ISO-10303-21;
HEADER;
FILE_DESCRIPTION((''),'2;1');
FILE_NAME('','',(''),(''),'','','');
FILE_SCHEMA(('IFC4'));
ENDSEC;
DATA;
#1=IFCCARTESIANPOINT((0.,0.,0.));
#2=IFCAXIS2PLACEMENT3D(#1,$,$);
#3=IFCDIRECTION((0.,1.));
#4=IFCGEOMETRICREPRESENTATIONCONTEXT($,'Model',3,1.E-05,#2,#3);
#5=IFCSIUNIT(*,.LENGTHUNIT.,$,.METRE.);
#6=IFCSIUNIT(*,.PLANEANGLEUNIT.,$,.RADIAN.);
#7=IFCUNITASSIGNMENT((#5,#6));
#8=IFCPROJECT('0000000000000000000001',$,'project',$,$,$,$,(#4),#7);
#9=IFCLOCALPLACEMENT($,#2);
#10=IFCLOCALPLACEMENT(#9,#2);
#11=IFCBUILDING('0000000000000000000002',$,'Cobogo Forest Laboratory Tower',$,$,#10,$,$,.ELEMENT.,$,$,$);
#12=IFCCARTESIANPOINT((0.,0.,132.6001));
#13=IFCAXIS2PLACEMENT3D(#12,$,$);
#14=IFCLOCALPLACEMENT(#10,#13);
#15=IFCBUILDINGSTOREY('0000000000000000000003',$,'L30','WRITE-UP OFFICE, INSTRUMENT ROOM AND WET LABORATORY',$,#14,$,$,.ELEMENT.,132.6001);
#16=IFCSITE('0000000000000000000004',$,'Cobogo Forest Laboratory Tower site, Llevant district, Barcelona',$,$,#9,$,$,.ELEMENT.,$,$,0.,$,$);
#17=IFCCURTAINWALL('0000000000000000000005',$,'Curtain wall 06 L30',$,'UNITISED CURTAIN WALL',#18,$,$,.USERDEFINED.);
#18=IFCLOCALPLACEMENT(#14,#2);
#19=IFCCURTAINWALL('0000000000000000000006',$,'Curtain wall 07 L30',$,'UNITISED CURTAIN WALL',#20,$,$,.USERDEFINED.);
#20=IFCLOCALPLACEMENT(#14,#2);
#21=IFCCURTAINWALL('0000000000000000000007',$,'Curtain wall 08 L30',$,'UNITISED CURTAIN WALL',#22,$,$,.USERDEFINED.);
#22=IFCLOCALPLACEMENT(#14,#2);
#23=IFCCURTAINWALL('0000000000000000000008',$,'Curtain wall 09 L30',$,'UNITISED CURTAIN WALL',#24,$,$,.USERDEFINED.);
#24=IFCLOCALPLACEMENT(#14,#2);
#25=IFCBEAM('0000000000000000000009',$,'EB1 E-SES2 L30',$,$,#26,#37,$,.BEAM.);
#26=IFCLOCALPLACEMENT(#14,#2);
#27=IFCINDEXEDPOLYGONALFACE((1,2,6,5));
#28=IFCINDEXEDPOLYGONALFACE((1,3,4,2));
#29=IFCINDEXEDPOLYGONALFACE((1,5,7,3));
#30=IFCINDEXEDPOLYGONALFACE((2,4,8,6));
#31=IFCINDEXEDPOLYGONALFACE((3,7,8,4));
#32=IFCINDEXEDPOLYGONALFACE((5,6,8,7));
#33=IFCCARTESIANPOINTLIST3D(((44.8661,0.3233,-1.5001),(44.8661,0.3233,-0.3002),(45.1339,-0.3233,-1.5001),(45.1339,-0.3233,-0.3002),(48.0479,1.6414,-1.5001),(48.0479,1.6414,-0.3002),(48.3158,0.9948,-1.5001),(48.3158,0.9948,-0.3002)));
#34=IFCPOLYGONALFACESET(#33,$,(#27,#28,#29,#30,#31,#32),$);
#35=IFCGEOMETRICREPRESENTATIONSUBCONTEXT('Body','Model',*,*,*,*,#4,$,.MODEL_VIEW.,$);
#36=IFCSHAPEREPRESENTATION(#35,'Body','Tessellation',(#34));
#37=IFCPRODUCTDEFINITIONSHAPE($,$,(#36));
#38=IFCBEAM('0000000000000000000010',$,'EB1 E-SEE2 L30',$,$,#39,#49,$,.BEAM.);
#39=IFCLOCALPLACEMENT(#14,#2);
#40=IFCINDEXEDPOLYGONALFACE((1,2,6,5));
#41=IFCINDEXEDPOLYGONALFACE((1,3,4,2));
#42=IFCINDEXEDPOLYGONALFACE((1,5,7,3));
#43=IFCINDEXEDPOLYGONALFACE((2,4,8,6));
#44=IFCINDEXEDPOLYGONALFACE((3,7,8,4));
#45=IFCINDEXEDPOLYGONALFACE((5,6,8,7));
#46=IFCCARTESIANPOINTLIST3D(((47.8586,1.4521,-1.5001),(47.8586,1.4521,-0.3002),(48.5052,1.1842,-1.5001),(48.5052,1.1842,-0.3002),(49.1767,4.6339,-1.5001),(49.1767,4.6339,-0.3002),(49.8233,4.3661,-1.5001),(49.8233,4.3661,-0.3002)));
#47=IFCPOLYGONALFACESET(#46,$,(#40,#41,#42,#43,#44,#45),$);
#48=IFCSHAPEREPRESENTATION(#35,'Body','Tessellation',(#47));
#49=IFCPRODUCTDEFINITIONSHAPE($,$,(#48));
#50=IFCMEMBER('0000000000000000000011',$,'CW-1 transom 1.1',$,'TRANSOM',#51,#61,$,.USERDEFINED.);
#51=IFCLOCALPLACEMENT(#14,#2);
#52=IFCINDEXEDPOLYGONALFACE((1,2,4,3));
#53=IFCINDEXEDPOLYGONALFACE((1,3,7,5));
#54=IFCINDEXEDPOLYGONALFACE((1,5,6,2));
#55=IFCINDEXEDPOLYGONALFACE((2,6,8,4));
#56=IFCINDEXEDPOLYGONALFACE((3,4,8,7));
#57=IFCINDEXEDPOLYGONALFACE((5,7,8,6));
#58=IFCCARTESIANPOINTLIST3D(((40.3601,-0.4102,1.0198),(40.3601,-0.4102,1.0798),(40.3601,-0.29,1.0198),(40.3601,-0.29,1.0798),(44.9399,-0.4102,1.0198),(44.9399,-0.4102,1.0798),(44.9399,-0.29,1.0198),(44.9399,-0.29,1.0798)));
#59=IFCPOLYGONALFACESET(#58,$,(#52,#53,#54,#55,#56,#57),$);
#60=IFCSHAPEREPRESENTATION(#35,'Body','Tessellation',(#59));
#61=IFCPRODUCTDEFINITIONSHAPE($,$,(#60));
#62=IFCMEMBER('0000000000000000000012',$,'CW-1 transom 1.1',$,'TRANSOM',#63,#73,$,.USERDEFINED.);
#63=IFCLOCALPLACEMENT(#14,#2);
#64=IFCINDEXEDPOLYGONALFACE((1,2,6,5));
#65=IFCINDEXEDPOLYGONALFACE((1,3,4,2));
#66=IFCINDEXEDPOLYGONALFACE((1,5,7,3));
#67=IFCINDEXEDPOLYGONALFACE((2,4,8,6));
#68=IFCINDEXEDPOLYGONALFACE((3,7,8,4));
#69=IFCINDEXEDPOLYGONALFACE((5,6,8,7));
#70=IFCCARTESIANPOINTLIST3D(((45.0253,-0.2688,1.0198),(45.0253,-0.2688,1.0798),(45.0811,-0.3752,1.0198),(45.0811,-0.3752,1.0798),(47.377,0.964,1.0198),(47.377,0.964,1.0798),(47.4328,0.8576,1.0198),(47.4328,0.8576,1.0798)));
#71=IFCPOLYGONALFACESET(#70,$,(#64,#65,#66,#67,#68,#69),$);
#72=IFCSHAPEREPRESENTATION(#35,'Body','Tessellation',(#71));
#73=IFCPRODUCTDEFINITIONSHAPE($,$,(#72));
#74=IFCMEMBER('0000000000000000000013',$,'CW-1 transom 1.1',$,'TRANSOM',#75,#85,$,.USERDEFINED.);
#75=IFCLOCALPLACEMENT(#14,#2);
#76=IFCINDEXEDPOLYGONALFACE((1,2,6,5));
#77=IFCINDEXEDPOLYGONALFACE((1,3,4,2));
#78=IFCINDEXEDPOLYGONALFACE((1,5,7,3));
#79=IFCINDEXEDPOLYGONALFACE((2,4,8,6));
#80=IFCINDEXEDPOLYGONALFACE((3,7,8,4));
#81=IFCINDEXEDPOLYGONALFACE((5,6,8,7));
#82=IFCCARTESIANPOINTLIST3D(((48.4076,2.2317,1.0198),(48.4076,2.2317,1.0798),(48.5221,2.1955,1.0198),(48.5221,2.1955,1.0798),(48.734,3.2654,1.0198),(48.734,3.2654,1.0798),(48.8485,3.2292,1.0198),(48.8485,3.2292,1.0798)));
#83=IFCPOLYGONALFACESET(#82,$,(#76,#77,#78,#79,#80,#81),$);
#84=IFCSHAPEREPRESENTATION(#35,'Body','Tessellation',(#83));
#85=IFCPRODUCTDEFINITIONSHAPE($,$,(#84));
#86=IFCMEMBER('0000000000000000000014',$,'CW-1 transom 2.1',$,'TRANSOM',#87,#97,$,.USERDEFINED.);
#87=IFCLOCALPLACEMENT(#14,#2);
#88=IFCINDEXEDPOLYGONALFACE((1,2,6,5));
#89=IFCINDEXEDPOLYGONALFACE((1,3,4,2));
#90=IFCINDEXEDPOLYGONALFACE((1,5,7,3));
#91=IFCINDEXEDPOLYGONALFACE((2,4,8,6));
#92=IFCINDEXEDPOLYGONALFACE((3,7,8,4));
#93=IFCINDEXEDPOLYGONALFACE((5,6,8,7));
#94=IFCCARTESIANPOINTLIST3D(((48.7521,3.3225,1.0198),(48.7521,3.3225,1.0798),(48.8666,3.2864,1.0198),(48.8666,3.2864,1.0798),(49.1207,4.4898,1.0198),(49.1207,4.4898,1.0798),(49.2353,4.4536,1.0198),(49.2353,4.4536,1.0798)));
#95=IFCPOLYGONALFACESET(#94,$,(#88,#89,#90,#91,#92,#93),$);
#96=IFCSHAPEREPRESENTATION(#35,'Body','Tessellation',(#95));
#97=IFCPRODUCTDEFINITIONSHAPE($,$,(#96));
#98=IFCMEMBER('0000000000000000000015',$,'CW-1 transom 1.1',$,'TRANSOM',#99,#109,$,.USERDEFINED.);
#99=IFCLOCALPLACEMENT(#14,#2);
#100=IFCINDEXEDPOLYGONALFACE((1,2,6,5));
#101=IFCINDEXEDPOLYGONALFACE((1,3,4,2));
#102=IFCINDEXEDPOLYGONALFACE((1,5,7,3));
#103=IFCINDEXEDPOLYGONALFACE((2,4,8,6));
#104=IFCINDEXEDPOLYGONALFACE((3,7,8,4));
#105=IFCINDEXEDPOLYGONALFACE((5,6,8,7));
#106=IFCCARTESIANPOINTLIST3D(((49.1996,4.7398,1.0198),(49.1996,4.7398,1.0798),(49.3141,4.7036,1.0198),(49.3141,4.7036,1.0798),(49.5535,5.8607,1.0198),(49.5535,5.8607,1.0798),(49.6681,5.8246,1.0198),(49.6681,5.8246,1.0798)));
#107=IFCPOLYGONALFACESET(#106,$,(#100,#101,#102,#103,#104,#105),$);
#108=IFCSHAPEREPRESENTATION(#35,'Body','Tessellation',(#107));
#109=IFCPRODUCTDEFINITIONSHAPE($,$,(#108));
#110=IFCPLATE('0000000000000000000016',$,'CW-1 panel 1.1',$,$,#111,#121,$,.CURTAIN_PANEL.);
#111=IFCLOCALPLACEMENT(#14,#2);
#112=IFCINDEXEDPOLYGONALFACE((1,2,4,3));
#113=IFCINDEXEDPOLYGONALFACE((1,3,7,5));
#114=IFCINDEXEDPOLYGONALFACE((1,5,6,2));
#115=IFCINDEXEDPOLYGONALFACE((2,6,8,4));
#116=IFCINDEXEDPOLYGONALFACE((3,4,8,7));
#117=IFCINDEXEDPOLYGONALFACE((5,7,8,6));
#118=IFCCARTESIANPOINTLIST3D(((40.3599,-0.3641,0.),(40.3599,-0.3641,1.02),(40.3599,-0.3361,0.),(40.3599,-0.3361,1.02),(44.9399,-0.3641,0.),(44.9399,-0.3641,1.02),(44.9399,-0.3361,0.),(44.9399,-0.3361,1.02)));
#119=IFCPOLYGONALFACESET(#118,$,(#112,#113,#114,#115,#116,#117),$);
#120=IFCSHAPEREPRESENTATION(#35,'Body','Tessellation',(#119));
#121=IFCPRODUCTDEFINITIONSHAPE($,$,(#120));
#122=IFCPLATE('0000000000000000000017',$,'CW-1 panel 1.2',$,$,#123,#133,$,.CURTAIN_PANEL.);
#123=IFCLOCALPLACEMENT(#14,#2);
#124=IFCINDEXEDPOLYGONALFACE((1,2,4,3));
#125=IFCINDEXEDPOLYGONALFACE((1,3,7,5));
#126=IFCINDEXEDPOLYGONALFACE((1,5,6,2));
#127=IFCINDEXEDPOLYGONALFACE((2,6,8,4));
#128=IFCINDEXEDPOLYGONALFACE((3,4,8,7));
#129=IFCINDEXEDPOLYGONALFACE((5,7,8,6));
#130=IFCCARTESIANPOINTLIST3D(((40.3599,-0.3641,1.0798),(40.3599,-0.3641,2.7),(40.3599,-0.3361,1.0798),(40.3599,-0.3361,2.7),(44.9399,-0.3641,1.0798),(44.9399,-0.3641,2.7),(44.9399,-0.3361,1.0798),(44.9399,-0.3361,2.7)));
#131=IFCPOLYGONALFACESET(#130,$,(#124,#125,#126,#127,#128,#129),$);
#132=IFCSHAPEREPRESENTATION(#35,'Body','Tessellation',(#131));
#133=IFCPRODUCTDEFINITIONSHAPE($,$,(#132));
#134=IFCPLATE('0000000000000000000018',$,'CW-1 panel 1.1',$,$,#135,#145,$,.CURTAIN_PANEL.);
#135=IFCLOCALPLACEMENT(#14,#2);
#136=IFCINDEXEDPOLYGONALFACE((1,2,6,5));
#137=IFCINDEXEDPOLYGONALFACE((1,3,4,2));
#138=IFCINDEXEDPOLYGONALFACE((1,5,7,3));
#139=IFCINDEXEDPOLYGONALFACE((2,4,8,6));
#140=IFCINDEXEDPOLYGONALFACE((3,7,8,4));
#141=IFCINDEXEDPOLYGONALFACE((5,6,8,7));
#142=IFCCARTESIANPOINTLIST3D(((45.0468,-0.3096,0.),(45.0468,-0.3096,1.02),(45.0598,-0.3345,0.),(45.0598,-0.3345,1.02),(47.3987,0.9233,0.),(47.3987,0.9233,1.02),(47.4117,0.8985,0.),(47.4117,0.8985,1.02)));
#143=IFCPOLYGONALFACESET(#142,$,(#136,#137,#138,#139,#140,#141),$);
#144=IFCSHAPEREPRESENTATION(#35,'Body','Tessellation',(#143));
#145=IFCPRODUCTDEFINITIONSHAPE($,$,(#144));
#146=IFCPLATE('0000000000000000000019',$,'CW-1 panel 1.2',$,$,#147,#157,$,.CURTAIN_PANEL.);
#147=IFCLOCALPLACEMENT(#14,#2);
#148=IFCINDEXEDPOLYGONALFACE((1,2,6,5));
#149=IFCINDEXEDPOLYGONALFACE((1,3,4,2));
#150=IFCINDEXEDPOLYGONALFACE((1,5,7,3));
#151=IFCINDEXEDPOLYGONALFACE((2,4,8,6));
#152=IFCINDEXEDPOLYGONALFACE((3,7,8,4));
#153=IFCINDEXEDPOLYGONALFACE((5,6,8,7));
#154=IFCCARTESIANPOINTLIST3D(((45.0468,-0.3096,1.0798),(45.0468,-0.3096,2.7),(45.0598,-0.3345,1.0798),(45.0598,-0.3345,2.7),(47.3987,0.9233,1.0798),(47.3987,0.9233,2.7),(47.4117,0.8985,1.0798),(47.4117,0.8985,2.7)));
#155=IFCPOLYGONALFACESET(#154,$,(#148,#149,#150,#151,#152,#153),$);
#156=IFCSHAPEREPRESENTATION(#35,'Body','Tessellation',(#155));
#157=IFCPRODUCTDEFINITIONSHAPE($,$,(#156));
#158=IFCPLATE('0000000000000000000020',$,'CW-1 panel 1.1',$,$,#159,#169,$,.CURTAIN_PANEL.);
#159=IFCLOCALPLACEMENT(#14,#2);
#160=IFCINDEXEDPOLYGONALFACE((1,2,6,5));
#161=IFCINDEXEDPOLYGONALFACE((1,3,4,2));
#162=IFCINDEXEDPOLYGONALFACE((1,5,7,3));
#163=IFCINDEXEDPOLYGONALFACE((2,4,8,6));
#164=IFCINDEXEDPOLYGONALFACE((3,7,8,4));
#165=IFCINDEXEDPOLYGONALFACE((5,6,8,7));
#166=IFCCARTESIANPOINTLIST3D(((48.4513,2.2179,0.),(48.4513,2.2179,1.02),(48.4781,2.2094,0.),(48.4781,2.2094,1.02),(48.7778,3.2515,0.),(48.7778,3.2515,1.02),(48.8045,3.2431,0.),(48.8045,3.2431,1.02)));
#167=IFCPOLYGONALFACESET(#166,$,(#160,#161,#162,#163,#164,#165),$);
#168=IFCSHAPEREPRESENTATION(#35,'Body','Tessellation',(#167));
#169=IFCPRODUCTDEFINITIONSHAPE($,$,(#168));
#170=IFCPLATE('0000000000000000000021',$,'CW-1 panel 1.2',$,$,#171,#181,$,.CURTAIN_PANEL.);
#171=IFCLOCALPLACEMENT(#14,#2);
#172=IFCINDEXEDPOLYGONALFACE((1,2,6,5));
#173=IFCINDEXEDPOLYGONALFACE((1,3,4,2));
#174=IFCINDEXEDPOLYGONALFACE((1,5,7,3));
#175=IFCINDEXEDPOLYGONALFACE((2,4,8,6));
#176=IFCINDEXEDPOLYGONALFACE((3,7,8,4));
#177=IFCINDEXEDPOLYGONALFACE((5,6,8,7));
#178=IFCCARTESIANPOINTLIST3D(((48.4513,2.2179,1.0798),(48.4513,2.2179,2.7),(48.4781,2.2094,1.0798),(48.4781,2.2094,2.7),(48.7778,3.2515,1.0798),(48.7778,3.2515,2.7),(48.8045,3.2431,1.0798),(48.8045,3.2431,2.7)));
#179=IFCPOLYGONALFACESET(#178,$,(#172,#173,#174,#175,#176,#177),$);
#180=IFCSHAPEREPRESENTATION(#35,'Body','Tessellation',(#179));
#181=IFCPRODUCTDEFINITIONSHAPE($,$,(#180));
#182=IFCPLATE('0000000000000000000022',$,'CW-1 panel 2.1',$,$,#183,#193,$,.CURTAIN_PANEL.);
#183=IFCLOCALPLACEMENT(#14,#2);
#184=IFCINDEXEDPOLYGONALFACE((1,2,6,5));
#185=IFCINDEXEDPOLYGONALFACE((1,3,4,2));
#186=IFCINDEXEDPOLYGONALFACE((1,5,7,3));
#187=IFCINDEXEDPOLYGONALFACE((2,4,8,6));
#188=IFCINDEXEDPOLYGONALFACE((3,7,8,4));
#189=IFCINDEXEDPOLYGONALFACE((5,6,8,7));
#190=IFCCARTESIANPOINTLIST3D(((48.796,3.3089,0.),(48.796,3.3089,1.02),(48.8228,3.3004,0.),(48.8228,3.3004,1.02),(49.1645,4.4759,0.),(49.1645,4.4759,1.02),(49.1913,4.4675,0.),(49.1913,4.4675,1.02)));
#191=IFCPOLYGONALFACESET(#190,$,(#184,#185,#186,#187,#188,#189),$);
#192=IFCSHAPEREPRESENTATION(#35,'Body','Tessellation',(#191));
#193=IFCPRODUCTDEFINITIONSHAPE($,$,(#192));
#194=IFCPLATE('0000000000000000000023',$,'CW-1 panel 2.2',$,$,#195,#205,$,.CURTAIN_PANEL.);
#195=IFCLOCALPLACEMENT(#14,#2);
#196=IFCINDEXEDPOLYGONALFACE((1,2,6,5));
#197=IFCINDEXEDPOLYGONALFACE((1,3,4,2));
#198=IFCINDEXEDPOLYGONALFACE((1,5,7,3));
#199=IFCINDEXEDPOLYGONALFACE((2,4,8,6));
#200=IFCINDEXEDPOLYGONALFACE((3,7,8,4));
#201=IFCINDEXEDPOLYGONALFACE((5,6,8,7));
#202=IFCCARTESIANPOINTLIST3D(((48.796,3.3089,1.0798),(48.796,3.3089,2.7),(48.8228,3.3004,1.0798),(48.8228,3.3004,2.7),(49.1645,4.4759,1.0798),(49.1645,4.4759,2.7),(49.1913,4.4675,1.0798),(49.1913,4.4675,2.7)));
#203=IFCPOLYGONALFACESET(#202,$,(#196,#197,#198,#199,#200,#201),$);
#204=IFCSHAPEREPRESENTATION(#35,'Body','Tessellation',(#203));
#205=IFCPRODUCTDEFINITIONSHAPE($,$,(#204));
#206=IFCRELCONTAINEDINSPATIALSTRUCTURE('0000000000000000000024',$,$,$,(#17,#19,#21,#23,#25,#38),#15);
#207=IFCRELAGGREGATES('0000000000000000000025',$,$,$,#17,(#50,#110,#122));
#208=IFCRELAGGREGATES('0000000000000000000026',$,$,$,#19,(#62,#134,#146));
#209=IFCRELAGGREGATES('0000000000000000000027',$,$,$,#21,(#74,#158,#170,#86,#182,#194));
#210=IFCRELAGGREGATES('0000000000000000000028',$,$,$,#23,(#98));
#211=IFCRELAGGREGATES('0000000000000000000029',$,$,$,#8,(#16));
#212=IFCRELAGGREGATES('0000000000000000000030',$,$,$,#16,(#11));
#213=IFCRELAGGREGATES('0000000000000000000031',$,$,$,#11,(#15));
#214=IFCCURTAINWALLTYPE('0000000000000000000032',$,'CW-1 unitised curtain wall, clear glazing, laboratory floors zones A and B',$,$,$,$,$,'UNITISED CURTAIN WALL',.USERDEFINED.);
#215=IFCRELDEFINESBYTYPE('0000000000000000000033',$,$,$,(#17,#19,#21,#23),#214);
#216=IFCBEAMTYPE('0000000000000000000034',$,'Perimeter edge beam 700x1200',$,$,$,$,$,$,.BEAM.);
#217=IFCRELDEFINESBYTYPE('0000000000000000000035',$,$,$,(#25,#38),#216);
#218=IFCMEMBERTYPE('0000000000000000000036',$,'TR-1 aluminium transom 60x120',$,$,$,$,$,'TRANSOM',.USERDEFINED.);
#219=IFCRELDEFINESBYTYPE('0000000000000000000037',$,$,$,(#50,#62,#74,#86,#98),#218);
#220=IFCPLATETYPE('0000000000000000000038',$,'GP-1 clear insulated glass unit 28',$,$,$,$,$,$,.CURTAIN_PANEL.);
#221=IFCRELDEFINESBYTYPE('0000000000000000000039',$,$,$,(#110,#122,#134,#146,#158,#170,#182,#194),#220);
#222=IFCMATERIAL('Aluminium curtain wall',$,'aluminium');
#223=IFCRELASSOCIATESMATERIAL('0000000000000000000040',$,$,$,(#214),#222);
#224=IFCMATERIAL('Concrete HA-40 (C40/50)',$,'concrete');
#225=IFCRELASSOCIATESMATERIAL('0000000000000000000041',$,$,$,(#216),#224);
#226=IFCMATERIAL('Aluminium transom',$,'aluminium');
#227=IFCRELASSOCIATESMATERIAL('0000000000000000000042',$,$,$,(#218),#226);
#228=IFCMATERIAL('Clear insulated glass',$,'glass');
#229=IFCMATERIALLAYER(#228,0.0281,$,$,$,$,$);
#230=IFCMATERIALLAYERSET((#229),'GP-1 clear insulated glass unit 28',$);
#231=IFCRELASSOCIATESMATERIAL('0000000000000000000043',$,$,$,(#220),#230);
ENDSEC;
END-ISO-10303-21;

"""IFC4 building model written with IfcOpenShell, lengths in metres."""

from ifc_helpers import new_model, si_unit, direction, frame, origin, origin_2d, place, context, subcontext, project, spatial, rectangle, extrude, material, layer, layer_set, material_profile, profile_set, type_object, element, aggregate, save


model = new_model("IFC4")

# Units and contexts
model_context = context("Model", 3, precision=1e-05, world=origin(), true_north=direction((0.0, 1.0)))
body_context = subcontext(model_context, "Body", "Model", "MODEL_VIEW")
ifc_project = project(units=[si_unit("LENGTHUNIT", "METRE"), si_unit("PLANEANGLEUNIT", "RADIAN")], contexts=[model_context])

# Site, building, storey
site_placement = place(None, origin())
site = spatial("IfcSite", under=ifc_project, at=site_placement, Name="Cobogo Forest Laboratory Tower site, Llevant district, Barcelona", CompositionType="ELEMENT", RefElevation=0.0)
building_placement = place(site_placement, origin())
building = spatial("IfcBuilding", under=site, at=building_placement, Name="Cobogo Forest Laboratory Tower", CompositionType="ELEMENT")
storey_placement = place(building_placement, frame((0.0, 0.0, 132.6001)))
storey = spatial("IfcBuildingStorey", under=building, at=storey_placement, Name="L30", Description="WRITE-UP OFFICE, INSTRUMENT ROOM AND WET LABORATORY", CompositionType="ELEMENT", Elevation=132.6001)

# Curtain walls
ifc_material_1 = material(Name="Aluminium curtain wall", Category="aluminium")
curtain_wall_type = type_object("IfcCurtainWallType", Name="CW-1 unitised curtain wall, clear glazing, laboratory floors zones A and B", ElementType="UNITISED CURTAIN WALL", PredefinedType="USERDEFINED", material=ifc_material_1)
curtain_wall_1_placement = place(storey_placement, origin())
curtain_wall_1 = element("IfcCurtainWall", 1, at=curtain_wall_1_placement, inside=storey, type_object=curtain_wall_type, Name="Curtain wall 06 L30", ObjectType="UNITISED CURTAIN WALL", PredefinedType="USERDEFINED")
curtain_wall_2_placement = place(storey_placement, origin())
curtain_wall_2 = element("IfcCurtainWall", 2, at=curtain_wall_2_placement, inside=storey, type_object=curtain_wall_type, Name="Curtain wall 07 L30", ObjectType="UNITISED CURTAIN WALL", PredefinedType="USERDEFINED")
curtain_wall_3_placement = place(storey_placement, origin())
curtain_wall_3 = element("IfcCurtainWall", 3, at=curtain_wall_3_placement, inside=storey, type_object=curtain_wall_type, Name="Curtain wall 08 L30", ObjectType="UNITISED CURTAIN WALL", PredefinedType="USERDEFINED")
curtain_wall_4_placement = place(storey_placement, origin())
curtain_wall_4 = element("IfcCurtainWall", 4, at=curtain_wall_4_placement, inside=storey, type_object=curtain_wall_type, Name="Curtain wall 09 L30", ObjectType="UNITISED CURTAIN WALL", PredefinedType="USERDEFINED")

# Beams
ifc_material_2 = material(Name="Concrete HA-40 (C40/50)", Category="concrete")
ifc_material_profile_1 = material_profile(ifc_material_2, rectangle(XDim=0.7, YDim=1.2, at=origin_2d()), Name="RC 700x1200")
ifc_profile_set_1 = profile_set([ifc_material_profile_1], Name="Concrete HA-40 (C40/50)")
beam_type_1 = type_object("IfcBeamType", Name="Perimeter edge beam 700x1200", PredefinedType="BEAM", material=ifc_profile_set_1)
for number, where, z_axis, x_axis, name in (
    (5, (45.0, 0.0, -0.9001), (0.923866, 0.382717, 0.0), (-0.382717, 0.923866, 0.0), "EB1 E-SES2 L30"),
    (6, (49.5, 4.5, -0.9001), (-0.382717, -0.923866, 0.0), (0.923866, -0.382717, 0.0), "EB1 E-SEE2 L30"),
):
    element("IfcBeam", number, at=place(storey_placement, frame(where, z_axis=z_axis, x_axis=x_axis)), inside=storey, type_object=beam_type_1, Name=name, PredefinedType="BEAM", context=body_context, shape_type="SweptSolid", body=[
        extrude(rectangle(XDim=0.7, YDim=1.2, at=origin_2d()), origin(), (0.0, 0.0, 1.0), 3.4441),
    ])

# Members
ifc_material_3 = material(Name="Aluminium transom", Category="aluminium")
ifc_material_profile_2 = material_profile(ifc_material_3, rectangle(XDim=0.1201, YDim=0.0601, at=origin_2d()), Name="AL 60x120")
ifc_profile_set_2 = profile_set([ifc_material_profile_2], Name="Aluminium transom")
member_type_1 = type_object("IfcMemberType", Name="TR-1 aluminium transom 60x120", ElementType="TRANSOM", PredefinedType="USERDEFINED", material=ifc_profile_set_2)
member_1_placement = place(storey_placement, frame((40.3601, -0.3501, 1.0498), z_axis=(1.0, 0.0, 0.0), x_axis=(0.0, 1.0, 0.0)))
member_1 = element("IfcMember", 7, at=member_1_placement, type_object=member_type_1, Name="CW-1 transom 1.1", ObjectType="TRANSOM", PredefinedType="USERDEFINED", context=body_context, shape_type="SweptSolid", body=[
    extrude(rectangle(XDim=0.1201, YDim=0.0601, at=origin_2d()), origin(), (0.0, 0.0, 1.0), 4.5798),
])
member_2_placement = place(storey_placement, frame((45.0532, -0.322, 1.0498), z_axis=(0.885675, 0.464306, 0.0), x_axis=(-0.464306, 0.885675, 0.0)))
member_2 = element("IfcMember", 8, at=member_2_placement, type_object=member_type_1, Name="CW-1 transom 1.1", ObjectType="TRANSOM", PredefinedType="USERDEFINED", context=body_context, shape_type="SweptSolid", body=[
    extrude(rectangle(XDim=0.1201, YDim=0.0601, at=origin_2d()), origin(), (0.0, 0.0, 1.0), 2.6553),
])
member_3_placement = place(storey_placement, frame((48.4648, 2.2136, 1.0498), z_axis=(0.301121, 0.953586, 0.0), x_axis=(-0.953586, 0.301121, 0.0)))
member_3 = element("IfcMember", 9, at=member_3_placement, type_object=member_type_1, Name="CW-1 transom 1.1", ObjectType="TRANSOM", PredefinedType="USERDEFINED", context=body_context, shape_type="SweptSolid", body=[
    extrude(rectangle(XDim=0.1201, YDim=0.0601, at=origin_2d()), origin(), (0.0, 0.0, 1.0), 1.084),
])
member_4_placement = place(storey_placement, frame((48.8093, 3.3044, 1.0498), z_axis=(0.30117, 0.953571, 0.0), x_axis=(-0.953571, 0.30117, 0.0)))
member_4 = element("IfcMember", 10, at=member_4_placement, type_object=member_type_1, Name="CW-1 transom 2.1", ObjectType="TRANSOM", PredefinedType="USERDEFINED", context=body_context, shape_type="SweptSolid", body=[
    extrude(rectangle(XDim=0.1201, YDim=0.0601, at=origin_2d()), origin(), (0.0, 0.0, 1.0), 1.2241),
])
member_5_placement = place(storey_placement, frame((49.2568, 4.7217, 1.0498), z_axis=(0.301111, 0.953589, 0.0), x_axis=(-0.953589, 0.301111, 0.0)))
member_5 = element("IfcMember", 11, at=member_5_placement, type_object=member_type_1, Name="CW-1 transom 1.1", ObjectType="TRANSOM", PredefinedType="USERDEFINED", context=body_context, shape_type="SweptSolid", body=[
    extrude(rectangle(XDim=0.1201, YDim=0.0601, at=origin_2d()), origin(), (0.0, 0.0, 1.0), 1.1755),
])

# Plates
ifc_material_4 = material(Name="Clear insulated glass", Category="glass")
ifc_layer = layer(ifc_material_4, 0.0281)
ifc_layer_set = layer_set([ifc_layer], Name="GP-1 clear insulated glass unit 28")
plate_type = type_object("IfcPlateType", Name="GP-1 clear insulated glass unit 28", PredefinedType="CURTAIN_PANEL", material=ifc_layer_set)
plate_1_placement = place(storey_placement, frame((42.6499, -0.3501, 0.0), z_axis=(0.0, 0.0, 1.0), x_axis=(1.0, 0.0, 0.0)))
plate_1 = element("IfcPlate", 12, at=plate_1_placement, type_object=plate_type, Name="CW-1 panel 1.1", PredefinedType="CURTAIN_PANEL", context=body_context, shape_type="SweptSolid", body=[
    extrude(rectangle(XDim=4.5801, YDim=0.0281, at=origin_2d()), origin(), (0.0, 0.0, 1.0), 1.02),
])
plate_2_placement = place(storey_placement, frame((42.6499, -0.3501, 1.0798), z_axis=(0.0, 0.0, 1.0), x_axis=(1.0, 0.0, 0.0)))
plate_2 = element("IfcPlate", 13, at=plate_2_placement, type_object=plate_type, Name="CW-1 panel 1.2", PredefinedType="CURTAIN_PANEL", context=body_context, shape_type="SweptSolid", body=[
    extrude(rectangle(XDim=4.5801, YDim=0.0281, at=origin_2d()), origin(), (0.0, 0.0, 1.0), 1.6201),
])
aggregate(curtain_wall_1, [member_1, plate_1, plate_2])
plate_3_placement = place(storey_placement, frame((46.2292, 0.2944, 0.0), z_axis=(0.0, 0.0, 1.0), x_axis=(0.885687, 0.464284, 0.0)))
plate_3 = element("IfcPlate", 14, at=plate_3_placement, type_object=plate_type, Name="CW-1 panel 1.1", PredefinedType="CURTAIN_PANEL", context=body_context, shape_type="SweptSolid", body=[
    extrude(rectangle(XDim=2.6555, YDim=0.0281, at=origin_2d()), origin(), (0.0, 0.0, 1.0), 1.02),
])
plate_4_placement = place(storey_placement, frame((46.2292, 0.2944, 1.0798), z_axis=(0.0, 0.0, 1.0), x_axis=(0.885687, 0.464284, 0.0)))
plate_4 = element("IfcPlate", 15, at=plate_4_placement, type_object=plate_type, Name="CW-1 panel 1.2", PredefinedType="CURTAIN_PANEL", context=body_context, shape_type="SweptSolid", body=[
    extrude(rectangle(XDim=2.6555, YDim=0.0281, at=origin_2d()), origin(), (0.0, 0.0, 1.0), 1.6201),
])
aggregate(curtain_wall_2, [member_2, plate_3, plate_4])
plate_5_placement = place(storey_placement, frame((48.6279, 2.7305, 0.0), z_axis=(0.0, 0.0, 1.0), x_axis=(0.301135, 0.953581, 0.0)))
plate_5 = element("IfcPlate", 16, at=plate_5_placement, type_object=plate_type, Name="CW-1 panel 1.1", PredefinedType="CURTAIN_PANEL", context=body_context, shape_type="SweptSolid", body=[
    extrude(rectangle(XDim=1.084, YDim=0.0281, at=origin_2d()), origin(), (0.0, 0.0, 1.0), 1.02),
])
plate_6_placement = place(storey_placement, frame((48.6279, 2.7305, 1.0798), z_axis=(0.0, 0.0, 1.0), x_axis=(0.301135, 0.953581, 0.0)))
plate_6 = element("IfcPlate", 17, at=plate_6_placement, type_object=plate_type, Name="CW-1 panel 1.2", PredefinedType="CURTAIN_PANEL", context=body_context, shape_type="SweptSolid", body=[
    extrude(rectangle(XDim=1.084, YDim=0.0281, at=origin_2d()), origin(), (0.0, 0.0, 1.0), 1.6201),
])
plate_7_placement = place(storey_placement, frame((48.9937, 3.8882, 0.0), z_axis=(0.0, 0.0, 1.0), x_axis=(0.301135, 0.953581, 0.0)))
plate_7 = element("IfcPlate", 18, at=plate_7_placement, type_object=plate_type, Name="CW-1 panel 2.1", PredefinedType="CURTAIN_PANEL", context=body_context, shape_type="SweptSolid", body=[
    extrude(rectangle(XDim=1.2239, YDim=0.0281, at=origin_2d()), origin(), (0.0, 0.0, 1.0), 1.02),
])
plate_8_placement = place(storey_placement, frame((48.9937, 3.8882, 1.0798), z_axis=(0.0, 0.0, 1.0), x_axis=(0.301135, 0.953581, 0.0)))
plate_8 = element("IfcPlate", 19, at=plate_8_placement, type_object=plate_type, Name="CW-1 panel 2.2", PredefinedType="CURTAIN_PANEL", context=body_context, shape_type="SweptSolid", body=[
    extrude(rectangle(XDim=1.2239, YDim=0.0281, at=origin_2d()), origin(), (0.0, 0.0, 1.0), 1.6201),
])
aggregate(curtain_wall_3, [member_3, plate_5, plate_6, member_4, plate_7, plate_8])
aggregate(curtain_wall_4, [member_5])

save(model, "model.ifc")
